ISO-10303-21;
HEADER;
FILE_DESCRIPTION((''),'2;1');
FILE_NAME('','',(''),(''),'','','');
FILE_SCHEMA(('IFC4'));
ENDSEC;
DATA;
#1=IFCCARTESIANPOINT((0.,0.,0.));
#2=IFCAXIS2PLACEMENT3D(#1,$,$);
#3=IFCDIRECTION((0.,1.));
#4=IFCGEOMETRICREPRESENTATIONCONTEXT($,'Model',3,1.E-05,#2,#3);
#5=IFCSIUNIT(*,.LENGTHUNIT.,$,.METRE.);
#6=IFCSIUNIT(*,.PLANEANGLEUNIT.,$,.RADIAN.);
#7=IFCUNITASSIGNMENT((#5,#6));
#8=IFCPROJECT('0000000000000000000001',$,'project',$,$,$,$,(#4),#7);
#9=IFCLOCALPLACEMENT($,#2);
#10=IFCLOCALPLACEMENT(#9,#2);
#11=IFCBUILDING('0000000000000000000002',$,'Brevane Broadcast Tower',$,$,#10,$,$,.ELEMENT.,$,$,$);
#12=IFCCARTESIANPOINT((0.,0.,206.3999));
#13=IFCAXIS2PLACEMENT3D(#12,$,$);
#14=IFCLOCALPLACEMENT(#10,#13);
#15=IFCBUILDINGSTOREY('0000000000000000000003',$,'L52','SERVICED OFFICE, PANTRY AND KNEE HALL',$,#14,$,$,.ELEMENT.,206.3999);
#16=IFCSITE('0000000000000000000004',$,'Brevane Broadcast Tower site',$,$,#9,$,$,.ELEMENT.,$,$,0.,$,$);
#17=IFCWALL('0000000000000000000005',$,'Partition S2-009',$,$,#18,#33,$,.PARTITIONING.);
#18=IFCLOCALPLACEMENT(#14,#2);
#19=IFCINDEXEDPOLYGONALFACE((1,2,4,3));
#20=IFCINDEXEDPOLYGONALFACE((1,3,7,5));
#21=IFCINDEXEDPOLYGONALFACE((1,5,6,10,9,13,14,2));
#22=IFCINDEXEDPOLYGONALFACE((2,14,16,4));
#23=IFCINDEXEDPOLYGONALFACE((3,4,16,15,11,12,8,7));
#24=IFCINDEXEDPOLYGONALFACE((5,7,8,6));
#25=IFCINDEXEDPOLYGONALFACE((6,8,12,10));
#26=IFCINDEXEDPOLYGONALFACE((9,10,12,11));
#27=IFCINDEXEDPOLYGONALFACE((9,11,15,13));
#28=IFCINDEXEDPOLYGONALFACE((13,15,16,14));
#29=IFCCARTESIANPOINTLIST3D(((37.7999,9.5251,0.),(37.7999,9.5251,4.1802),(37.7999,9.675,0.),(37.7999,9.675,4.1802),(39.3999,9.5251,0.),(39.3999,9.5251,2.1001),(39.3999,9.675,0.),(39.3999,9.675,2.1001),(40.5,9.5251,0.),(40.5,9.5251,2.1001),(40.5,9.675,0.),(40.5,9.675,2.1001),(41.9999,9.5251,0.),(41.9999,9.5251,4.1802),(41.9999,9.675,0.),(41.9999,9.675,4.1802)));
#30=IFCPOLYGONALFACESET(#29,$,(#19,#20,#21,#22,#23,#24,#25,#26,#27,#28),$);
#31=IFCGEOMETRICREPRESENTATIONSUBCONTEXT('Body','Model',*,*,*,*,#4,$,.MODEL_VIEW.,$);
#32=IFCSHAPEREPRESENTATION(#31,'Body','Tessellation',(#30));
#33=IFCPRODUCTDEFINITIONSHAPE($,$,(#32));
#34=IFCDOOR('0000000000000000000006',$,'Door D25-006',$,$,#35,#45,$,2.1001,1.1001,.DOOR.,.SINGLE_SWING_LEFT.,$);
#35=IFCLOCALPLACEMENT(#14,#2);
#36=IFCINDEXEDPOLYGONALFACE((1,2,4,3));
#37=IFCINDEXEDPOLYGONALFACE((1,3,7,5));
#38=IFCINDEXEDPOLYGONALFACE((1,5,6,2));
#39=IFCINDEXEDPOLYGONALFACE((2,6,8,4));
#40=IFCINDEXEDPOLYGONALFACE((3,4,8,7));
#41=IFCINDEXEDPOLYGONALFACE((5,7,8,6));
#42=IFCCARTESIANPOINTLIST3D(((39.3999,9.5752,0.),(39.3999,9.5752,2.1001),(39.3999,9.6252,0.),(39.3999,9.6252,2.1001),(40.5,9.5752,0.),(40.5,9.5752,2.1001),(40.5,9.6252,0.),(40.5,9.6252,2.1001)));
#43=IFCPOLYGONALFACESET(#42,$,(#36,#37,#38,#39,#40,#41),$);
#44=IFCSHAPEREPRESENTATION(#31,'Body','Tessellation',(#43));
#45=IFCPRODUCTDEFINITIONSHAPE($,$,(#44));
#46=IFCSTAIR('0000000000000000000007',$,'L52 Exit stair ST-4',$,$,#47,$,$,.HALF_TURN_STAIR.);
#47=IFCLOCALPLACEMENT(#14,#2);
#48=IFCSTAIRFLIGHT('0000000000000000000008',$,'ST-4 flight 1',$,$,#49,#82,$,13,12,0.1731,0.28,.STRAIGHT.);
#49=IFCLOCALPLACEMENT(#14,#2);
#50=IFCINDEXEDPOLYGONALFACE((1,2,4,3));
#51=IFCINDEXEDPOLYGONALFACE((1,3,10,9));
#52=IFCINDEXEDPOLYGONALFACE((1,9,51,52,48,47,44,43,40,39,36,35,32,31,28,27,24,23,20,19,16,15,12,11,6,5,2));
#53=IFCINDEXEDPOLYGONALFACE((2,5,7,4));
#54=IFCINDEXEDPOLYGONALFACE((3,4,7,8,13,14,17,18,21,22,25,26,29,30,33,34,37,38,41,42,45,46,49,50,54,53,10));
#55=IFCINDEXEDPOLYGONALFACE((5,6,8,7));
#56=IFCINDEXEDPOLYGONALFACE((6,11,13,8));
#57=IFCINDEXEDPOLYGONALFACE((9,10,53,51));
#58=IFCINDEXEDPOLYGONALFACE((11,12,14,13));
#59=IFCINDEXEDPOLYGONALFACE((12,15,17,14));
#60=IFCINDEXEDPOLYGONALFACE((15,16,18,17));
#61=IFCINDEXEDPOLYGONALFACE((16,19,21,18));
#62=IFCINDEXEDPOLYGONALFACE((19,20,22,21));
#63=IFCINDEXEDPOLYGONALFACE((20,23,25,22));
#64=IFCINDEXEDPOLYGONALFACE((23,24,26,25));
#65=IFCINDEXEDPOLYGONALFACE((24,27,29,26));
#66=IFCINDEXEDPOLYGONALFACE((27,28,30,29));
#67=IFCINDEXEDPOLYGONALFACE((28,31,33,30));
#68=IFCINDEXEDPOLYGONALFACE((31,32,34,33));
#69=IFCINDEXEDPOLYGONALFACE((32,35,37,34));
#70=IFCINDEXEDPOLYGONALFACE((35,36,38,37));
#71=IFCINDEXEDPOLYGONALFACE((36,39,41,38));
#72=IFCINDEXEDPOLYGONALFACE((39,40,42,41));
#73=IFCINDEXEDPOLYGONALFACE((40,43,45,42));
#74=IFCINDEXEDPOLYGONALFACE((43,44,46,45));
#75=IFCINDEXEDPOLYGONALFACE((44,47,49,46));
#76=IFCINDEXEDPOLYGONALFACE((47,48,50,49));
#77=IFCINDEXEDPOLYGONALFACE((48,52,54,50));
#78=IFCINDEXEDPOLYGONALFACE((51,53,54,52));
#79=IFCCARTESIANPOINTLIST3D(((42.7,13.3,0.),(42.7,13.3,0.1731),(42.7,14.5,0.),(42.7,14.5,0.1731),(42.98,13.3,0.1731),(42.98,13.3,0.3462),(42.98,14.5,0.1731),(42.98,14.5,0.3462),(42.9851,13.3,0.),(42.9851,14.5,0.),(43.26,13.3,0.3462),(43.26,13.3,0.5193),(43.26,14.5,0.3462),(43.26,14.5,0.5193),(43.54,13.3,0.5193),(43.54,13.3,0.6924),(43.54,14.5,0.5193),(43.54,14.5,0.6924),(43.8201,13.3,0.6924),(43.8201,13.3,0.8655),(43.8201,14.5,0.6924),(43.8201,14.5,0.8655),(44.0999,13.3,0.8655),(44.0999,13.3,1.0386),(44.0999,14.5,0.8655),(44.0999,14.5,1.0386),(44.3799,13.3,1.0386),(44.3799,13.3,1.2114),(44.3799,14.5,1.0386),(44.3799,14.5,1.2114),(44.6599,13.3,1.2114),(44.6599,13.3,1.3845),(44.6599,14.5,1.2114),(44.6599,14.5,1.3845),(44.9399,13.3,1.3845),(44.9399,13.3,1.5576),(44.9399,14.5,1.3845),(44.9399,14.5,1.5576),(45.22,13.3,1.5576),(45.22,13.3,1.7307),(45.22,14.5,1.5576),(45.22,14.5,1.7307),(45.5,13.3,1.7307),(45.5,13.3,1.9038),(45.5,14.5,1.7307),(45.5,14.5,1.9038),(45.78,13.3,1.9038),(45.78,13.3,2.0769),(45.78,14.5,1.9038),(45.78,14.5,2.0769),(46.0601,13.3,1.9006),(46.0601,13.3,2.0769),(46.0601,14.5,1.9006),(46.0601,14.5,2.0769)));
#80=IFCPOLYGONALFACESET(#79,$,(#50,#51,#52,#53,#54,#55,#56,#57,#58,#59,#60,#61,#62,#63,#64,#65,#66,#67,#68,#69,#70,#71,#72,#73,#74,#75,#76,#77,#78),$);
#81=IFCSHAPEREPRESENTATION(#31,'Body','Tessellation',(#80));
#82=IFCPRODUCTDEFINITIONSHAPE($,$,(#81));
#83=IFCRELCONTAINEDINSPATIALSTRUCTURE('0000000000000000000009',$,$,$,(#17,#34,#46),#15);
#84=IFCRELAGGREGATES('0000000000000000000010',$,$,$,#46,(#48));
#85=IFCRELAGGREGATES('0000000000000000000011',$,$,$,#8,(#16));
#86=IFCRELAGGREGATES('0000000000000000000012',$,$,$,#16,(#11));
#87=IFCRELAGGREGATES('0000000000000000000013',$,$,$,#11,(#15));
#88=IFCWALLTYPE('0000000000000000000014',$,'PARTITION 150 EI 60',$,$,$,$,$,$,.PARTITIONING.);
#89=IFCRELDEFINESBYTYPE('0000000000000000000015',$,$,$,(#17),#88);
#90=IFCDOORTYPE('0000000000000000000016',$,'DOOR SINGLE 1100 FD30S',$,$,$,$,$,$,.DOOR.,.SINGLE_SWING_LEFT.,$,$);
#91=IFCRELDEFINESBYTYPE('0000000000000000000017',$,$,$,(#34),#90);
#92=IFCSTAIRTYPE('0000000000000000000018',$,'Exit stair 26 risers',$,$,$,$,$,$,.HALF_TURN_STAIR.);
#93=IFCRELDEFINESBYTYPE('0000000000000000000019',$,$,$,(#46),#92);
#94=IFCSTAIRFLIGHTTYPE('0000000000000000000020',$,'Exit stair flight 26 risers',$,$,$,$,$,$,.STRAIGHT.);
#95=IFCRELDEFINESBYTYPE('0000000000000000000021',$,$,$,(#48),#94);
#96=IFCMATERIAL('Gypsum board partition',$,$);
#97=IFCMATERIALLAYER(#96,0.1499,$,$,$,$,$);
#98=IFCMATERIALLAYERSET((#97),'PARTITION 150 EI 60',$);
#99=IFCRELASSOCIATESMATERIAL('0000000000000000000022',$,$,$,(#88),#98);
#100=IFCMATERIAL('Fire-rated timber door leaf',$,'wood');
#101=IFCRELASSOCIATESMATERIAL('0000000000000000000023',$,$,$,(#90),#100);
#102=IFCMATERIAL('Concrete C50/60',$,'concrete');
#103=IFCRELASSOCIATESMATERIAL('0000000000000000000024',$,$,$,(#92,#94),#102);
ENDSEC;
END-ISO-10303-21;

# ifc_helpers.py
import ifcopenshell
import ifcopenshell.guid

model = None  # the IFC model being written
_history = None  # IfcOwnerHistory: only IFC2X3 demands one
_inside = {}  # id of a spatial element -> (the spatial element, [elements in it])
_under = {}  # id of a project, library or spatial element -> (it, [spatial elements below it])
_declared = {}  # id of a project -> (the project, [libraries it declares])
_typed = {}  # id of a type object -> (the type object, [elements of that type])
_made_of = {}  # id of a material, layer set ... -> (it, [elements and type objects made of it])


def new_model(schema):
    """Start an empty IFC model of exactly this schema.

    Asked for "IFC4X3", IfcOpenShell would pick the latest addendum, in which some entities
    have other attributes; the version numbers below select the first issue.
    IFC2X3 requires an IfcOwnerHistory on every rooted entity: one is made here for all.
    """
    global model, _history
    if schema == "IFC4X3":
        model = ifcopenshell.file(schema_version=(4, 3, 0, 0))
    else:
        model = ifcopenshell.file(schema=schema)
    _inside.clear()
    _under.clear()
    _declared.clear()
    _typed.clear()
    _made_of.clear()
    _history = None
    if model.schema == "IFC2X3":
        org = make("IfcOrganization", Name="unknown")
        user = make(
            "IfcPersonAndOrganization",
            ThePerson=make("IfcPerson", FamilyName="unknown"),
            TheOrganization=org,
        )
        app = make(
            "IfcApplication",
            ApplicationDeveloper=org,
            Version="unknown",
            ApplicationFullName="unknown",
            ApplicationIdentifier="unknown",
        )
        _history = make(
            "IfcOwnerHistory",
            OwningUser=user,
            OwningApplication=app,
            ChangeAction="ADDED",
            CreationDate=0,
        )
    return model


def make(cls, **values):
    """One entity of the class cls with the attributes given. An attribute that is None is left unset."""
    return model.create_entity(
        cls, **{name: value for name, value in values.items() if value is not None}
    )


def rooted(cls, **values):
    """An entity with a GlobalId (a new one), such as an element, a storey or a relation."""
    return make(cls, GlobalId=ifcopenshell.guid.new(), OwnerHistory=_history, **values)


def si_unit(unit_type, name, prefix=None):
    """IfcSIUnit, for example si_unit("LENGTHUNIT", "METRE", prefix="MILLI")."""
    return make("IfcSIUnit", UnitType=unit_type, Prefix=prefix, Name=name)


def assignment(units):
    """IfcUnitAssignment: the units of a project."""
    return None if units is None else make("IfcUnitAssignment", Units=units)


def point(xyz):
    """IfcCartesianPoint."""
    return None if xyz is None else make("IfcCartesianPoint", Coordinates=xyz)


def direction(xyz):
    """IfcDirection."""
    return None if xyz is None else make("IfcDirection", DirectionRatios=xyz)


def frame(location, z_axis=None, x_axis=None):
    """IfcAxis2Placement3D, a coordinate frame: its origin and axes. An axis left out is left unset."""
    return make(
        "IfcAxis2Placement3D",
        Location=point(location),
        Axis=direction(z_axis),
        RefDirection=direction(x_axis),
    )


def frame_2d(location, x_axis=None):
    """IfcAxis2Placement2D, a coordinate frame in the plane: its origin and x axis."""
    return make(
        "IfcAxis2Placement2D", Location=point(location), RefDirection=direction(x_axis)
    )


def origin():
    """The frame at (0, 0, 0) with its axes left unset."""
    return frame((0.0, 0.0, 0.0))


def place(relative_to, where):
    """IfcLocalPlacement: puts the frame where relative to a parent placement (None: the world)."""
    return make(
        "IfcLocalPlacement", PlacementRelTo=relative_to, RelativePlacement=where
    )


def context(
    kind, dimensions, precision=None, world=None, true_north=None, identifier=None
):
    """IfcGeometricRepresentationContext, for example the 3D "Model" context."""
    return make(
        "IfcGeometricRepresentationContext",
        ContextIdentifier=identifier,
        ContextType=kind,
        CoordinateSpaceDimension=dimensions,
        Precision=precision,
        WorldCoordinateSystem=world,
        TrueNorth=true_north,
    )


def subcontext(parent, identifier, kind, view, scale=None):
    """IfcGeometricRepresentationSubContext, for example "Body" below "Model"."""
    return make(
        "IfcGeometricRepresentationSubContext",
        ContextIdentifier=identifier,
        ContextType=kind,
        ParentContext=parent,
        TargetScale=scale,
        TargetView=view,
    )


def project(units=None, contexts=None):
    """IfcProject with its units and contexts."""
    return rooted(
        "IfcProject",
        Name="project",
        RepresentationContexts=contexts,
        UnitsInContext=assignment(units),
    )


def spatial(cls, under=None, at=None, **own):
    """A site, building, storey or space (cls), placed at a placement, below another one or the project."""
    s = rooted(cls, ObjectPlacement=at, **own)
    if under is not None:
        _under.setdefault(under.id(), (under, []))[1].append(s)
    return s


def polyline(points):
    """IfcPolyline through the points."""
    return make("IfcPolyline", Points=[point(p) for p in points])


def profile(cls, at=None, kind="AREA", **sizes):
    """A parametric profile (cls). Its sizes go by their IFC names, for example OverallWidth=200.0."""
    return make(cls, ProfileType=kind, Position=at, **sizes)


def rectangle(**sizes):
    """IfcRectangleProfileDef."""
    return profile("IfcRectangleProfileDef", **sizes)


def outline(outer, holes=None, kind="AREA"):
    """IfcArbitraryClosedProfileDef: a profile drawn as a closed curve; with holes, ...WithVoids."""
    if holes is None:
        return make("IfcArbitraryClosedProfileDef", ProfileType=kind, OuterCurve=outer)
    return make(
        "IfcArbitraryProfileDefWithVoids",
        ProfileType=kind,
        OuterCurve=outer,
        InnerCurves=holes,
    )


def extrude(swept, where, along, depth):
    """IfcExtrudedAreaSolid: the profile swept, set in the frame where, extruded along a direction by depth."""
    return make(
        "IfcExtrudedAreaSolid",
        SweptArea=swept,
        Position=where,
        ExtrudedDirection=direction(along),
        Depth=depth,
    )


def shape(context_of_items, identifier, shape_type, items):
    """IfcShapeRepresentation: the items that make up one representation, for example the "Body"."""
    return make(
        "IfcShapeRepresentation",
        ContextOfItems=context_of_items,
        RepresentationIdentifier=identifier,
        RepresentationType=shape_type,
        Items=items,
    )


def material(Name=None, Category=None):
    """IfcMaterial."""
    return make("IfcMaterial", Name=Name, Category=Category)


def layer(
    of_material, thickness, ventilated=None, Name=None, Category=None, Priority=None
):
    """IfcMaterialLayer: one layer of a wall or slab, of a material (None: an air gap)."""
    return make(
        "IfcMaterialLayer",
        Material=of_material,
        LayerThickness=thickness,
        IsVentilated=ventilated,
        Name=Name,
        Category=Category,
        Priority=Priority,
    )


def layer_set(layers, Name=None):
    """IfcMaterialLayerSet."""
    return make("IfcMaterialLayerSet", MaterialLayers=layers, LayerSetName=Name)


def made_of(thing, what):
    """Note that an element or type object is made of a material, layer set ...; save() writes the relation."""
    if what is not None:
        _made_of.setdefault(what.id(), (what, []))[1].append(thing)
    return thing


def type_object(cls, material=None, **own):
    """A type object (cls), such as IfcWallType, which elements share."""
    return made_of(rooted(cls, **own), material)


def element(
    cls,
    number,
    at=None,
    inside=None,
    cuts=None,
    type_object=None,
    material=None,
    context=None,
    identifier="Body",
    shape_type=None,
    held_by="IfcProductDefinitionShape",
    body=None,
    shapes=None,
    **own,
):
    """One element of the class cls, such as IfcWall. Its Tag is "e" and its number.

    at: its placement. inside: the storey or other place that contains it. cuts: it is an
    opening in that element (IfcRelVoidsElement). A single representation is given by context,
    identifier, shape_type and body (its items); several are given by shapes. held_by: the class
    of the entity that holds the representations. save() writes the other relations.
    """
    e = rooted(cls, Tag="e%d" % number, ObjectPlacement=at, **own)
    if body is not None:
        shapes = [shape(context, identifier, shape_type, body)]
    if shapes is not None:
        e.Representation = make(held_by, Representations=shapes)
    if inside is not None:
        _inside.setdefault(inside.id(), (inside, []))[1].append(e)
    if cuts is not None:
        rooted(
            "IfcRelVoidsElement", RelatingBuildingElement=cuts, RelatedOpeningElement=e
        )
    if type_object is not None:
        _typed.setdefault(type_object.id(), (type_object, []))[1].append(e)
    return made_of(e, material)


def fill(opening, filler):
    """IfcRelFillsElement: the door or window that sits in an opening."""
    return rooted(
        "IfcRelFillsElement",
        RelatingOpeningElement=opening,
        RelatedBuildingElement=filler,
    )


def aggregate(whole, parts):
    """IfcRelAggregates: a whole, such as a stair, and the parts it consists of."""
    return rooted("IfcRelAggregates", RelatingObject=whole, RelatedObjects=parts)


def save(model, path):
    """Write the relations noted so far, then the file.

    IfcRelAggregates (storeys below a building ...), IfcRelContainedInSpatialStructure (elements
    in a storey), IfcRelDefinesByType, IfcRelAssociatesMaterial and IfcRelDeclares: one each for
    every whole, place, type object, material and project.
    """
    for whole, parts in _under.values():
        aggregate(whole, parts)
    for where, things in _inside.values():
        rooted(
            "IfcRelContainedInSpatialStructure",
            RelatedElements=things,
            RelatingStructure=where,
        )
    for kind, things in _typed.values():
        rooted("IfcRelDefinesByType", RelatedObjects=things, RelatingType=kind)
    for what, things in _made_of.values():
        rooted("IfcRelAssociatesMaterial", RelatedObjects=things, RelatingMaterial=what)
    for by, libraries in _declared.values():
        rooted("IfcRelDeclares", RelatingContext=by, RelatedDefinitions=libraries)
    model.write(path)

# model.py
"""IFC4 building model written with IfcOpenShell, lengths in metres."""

from ifc_helpers import new_model, si_unit, direction, frame, frame_2d, origin, place, context, subcontext, project, spatial, polyline, rectangle, outline, extrude, material, layer, layer_set, type_object, element, fill, aggregate, save


model = new_model("IFC4")

# Units and contexts
model_context = context("Model", 3, precision=1e-05, world=origin(), true_north=direction((0.0, 1.0)))
body_context = subcontext(model_context, "Body", "Model", "MODEL_VIEW")
ifc_project = project(units=[si_unit("LENGTHUNIT", "METRE"), si_unit("PLANEANGLEUNIT", "RADIAN")], contexts=[model_context])

# Site, building, storey
site_placement = place(None, origin())
site = spatial("IfcSite", under=ifc_project, at=site_placement, Name="Brevane Broadcast Tower site", CompositionType="ELEMENT", RefElevation=0.0)
building_placement = place(site_placement, origin())
building = spatial("IfcBuilding", under=site, at=building_placement, Name="Brevane Broadcast Tower", CompositionType="ELEMENT")
storey_placement = place(building_placement, frame((0.0, 0.0, 206.3999)))
storey = spatial("IfcBuildingStorey", under=building, at=storey_placement, Name="L52", Description="SERVICED OFFICE, PANTRY AND KNEE HALL", CompositionType="ELEMENT", Elevation=206.3999)

# Shared definitions
ifc_material_1 = material(Name="Gypsum board partition")

# Wall, opening, door
ifc_layer_1 = layer(ifc_material_1, 0.1499)
ifc_layer_set_1 = layer_set([ifc_layer_1], Name="PARTITION 150 EI 60")
wall_type_1 = type_object("IfcWallType", Name="PARTITION 150 EI 60", PredefinedType="PARTITIONING", material=ifc_layer_set_1)
ifc_material_2 = material(Name="Fire-rated timber door leaf", Category="wood")
door_type = type_object("IfcDoorType", Name="DOOR SINGLE 1100 FD30S", OperationType="SINGLE_SWING_LEFT", PredefinedType="DOOR", material=ifc_material_2)
wall_1_placement = place(storey_placement, frame((42.0, 9.6001, 0.0), z_axis=(0.0, 0.0, 1.0), x_axis=(-1.0, 0.0, 0.0)))
wall_1 = element("IfcWall", 1, at=wall_1_placement, inside=storey, type_object=wall_type_1, Name="Partition S2-009", PredefinedType="PARTITIONING", context=body_context, shape_type="SweptSolid", body=[
    extrude(rectangle(XDim=4.2, YDim=0.1499, at=frame_2d((2.1001, 0.0))), origin(), (0.0, 0.0, 1.0), 4.1802),
])
opening_1_placement = place(wall_1_placement, frame((1.5, 0.0, 0.0)))
opening_1 = element("IfcOpeningElement", 2, at=opening_1_placement, cuts=wall_1, PredefinedType="OPENING", context=body_context, shape_type="SweptSolid", body=[
    extrude(rectangle(XDim=1.1001, YDim=2.1001, at=frame_2d((0.55, 1.05))), frame((0.0, 0.085, 0.0), z_axis=(0.0, -1.0, 0.0), x_axis=(1.0, 0.0, 0.0)), (0.0, 0.0, 1.0), 0.1699),
])
door_1_placement = place(opening_1_placement, origin())
door_1 = element("IfcDoor", 3, at=door_1_placement, inside=storey, type_object=door_type, Name="Door D25-006", OperationType="SINGLE_SWING_LEFT", OverallHeight=2.1001, OverallWidth=1.1001, PredefinedType="DOOR", context=body_context, shape_type="SweptSolid", body=[
    extrude(rectangle(XDim=1.1001, YDim=2.1001, at=frame_2d((0.55, 1.05))), frame((0.0, 0.0249, 0.0), z_axis=(0.0, -1.0, 0.0), x_axis=(1.0, 0.0, 0.0)), (0.0, 0.0, 1.0), 0.05),
])
fill(opening_1, door_1)

# Stair, stair flight
ifc_material_3 = material(Name="Concrete C50/60", Category="concrete")
stair_type = type_object("IfcStairType", Name="Exit stair 26 risers", PredefinedType="HALF_TURN_STAIR", material=ifc_material_3)
stair_placement = place(storey_placement, origin())
stair = element("IfcStair", 4, at=stair_placement, inside=storey, type_object=stair_type, Name="L52 Exit stair ST-4", PredefinedType="HALF_TURN_STAIR")
stair_flight_type = type_object("IfcStairFlightType", Name="Exit stair flight 26 risers", PredefinedType="STRAIGHT", material=ifc_material_3)
stair_flight_placement = place(storey_placement, frame((42.7, 13.8999, 0.0), z_axis=(0.0, 0.0, 1.0), x_axis=(1.0, 0.0, 0.0)))
stair_flight = element("IfcStairFlight", 5, at=stair_flight_placement, type_object=stair_flight_type, Name="ST-4 flight 1", NumberOfRisers=13, NumberOfTreads=12, PredefinedType="STRAIGHT", RiserHeight=0.1731, TreadLength=0.28, context=body_context, shape_type="SweptSolid", body=[
    extrude(outline(polyline([(0.0, 0.0), (0.0, 0.1731), (0.28, 0.1731), (0.28, 0.3462), (0.5601, 0.3462), (0.5601, 0.5193), (0.8401, 0.5193), (0.8401, 0.6924), (1.1201, 0.6924), (1.1201, 0.8655), (1.3999, 0.8655), (1.3999, 1.0386), (1.6799, 1.0386), (1.6799, 1.2114), (1.96, 1.2114), (1.96, 1.3845), (2.24, 1.3845), (2.24, 1.5576), (2.52, 1.5576), (2.52, 1.7307), (2.8, 1.7307), (2.8, 1.9038), (3.0801, 1.9038), (3.0801, 2.0769), (3.3601, 2.0769), (3.3601, 2.25), (3.3601, 1.9006), (0.2852, 0.0), (0.0, 0.0)])), frame((0.0, 0.6001, 0.0), z_axis=(0.0, -1.0, 0.0), x_axis=(1.0, 0.0, 0.0)), (0.0, 0.0, 1.0), 1.2),
])
aggregate(stair, [stair_flight])

save(model, "model.ifc")
